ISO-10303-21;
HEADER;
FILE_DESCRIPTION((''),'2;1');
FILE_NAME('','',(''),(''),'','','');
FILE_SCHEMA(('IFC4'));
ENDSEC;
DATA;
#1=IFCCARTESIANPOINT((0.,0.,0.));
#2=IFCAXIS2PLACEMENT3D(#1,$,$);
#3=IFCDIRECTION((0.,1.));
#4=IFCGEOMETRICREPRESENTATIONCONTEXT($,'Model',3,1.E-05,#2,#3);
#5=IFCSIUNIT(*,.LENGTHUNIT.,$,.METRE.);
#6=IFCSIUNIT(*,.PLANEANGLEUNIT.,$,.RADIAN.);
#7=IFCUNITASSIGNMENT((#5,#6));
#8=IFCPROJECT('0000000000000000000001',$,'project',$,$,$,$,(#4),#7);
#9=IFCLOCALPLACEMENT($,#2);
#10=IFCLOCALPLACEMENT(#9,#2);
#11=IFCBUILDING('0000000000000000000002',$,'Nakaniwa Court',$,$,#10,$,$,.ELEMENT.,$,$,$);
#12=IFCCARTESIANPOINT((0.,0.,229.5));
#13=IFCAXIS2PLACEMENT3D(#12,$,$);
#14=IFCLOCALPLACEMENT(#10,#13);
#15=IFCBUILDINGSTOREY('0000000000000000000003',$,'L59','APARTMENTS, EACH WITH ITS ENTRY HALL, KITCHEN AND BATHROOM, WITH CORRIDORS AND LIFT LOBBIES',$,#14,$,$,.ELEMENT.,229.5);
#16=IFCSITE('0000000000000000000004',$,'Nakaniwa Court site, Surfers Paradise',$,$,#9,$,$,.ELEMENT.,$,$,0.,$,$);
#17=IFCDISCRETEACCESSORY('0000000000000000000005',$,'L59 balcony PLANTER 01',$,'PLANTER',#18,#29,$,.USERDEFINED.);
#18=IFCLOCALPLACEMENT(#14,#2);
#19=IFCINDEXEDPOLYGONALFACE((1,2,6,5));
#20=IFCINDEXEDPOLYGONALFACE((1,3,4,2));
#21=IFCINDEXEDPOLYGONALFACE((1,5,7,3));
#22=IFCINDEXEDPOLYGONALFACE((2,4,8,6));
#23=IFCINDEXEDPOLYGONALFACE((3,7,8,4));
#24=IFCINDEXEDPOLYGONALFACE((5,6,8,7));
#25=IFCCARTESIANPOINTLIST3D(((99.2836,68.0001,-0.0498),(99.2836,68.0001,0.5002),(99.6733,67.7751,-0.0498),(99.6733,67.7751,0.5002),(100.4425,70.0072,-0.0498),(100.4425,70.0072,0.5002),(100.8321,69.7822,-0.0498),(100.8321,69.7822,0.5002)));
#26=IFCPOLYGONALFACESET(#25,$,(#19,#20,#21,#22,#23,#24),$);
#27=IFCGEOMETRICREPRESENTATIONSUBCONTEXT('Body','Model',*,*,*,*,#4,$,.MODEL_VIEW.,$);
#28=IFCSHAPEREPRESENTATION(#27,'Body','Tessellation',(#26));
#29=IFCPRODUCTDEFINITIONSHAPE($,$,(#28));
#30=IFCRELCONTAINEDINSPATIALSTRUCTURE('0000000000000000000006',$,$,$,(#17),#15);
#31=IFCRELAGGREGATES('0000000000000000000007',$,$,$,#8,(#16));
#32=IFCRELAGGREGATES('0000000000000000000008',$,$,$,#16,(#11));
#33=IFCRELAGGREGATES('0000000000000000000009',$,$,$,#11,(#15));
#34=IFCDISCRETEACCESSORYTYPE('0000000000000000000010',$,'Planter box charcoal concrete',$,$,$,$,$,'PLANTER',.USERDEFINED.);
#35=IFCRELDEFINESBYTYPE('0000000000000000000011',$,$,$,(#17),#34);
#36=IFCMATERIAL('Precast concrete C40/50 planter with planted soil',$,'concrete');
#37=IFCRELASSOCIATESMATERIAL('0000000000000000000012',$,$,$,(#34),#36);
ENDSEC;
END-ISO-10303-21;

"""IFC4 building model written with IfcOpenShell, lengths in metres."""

from ifc_helpers import new_model, si_unit, direction, frame, origin, origin_2d, place, context, subcontext, project, spatial, rectangle, extrude, material, type_object, element, save


model = new_model("IFC4")

# Units and contexts
model_context = context("Model", 3, precision=1e-05, world=origin(), true_north=direction((0.0, 1.0)))
body_context = subcontext(model_context, "Body", "Model", "MODEL_VIEW")
ifc_project = project(units=[si_unit("LENGTHUNIT", "METRE"), si_unit("PLANEANGLEUNIT", "RADIAN")], contexts=[model_context])

# Site, building, storey
site_placement = place(None, origin())
site = spatial("IfcSite", under=ifc_project, at=site_placement, Name="Nakaniwa Court site, Surfers Paradise", CompositionType="ELEMENT", RefElevation=0.0)
building_placement = place(site_placement, origin())
building = spatial("IfcBuilding", under=site, at=building_placement, Name="Nakaniwa Court", CompositionType="ELEMENT")
storey_placement = place(building_placement, frame((0.0, 0.0, 229.5)))
storey = spatial("IfcBuildingStorey", under=building, at=storey_placement, Name="L59", Description="APARTMENTS, EACH WITH ITS ENTRY HALL, KITCHEN AND BATHROOM, WITH CORRIDORS AND LIFT LOBBIES", CompositionType="ELEMENT", Elevation=229.5)

# Discrete accessory
ifc_material_1 = material(Name="Precast concrete C40/50 planter with planted soil", Category="concrete")
discrete_accessory_type_1 = type_object("IfcDiscreteAccessoryType", Name="Planter box charcoal concrete", ElementType="PLANTER", PredefinedType="USERDEFINED", material=ifc_material_1)
discrete_accessory_placement = place(storey_placement, frame((100.0579, 68.8911, -0.0498), z_axis=(0.0, 0.0, 1.0), x_axis=(0.500017, 0.866016, 0.0)))
element("IfcDiscreteAccessory", 1, at=discrete_accessory_placement, inside=storey, type_object=discrete_accessory_type_1, Name="L59 balcony PLANTER 01", ObjectType="PLANTER", PredefinedType="USERDEFINED", context=body_context, shape_type="SweptSolid", body=[
    extrude(rectangle(XDim=2.3176, YDim=0.45, at=origin_2d()), origin(), (0.0, 0.0, 1.0), 0.55),
])

save(model, "model.ifc")
